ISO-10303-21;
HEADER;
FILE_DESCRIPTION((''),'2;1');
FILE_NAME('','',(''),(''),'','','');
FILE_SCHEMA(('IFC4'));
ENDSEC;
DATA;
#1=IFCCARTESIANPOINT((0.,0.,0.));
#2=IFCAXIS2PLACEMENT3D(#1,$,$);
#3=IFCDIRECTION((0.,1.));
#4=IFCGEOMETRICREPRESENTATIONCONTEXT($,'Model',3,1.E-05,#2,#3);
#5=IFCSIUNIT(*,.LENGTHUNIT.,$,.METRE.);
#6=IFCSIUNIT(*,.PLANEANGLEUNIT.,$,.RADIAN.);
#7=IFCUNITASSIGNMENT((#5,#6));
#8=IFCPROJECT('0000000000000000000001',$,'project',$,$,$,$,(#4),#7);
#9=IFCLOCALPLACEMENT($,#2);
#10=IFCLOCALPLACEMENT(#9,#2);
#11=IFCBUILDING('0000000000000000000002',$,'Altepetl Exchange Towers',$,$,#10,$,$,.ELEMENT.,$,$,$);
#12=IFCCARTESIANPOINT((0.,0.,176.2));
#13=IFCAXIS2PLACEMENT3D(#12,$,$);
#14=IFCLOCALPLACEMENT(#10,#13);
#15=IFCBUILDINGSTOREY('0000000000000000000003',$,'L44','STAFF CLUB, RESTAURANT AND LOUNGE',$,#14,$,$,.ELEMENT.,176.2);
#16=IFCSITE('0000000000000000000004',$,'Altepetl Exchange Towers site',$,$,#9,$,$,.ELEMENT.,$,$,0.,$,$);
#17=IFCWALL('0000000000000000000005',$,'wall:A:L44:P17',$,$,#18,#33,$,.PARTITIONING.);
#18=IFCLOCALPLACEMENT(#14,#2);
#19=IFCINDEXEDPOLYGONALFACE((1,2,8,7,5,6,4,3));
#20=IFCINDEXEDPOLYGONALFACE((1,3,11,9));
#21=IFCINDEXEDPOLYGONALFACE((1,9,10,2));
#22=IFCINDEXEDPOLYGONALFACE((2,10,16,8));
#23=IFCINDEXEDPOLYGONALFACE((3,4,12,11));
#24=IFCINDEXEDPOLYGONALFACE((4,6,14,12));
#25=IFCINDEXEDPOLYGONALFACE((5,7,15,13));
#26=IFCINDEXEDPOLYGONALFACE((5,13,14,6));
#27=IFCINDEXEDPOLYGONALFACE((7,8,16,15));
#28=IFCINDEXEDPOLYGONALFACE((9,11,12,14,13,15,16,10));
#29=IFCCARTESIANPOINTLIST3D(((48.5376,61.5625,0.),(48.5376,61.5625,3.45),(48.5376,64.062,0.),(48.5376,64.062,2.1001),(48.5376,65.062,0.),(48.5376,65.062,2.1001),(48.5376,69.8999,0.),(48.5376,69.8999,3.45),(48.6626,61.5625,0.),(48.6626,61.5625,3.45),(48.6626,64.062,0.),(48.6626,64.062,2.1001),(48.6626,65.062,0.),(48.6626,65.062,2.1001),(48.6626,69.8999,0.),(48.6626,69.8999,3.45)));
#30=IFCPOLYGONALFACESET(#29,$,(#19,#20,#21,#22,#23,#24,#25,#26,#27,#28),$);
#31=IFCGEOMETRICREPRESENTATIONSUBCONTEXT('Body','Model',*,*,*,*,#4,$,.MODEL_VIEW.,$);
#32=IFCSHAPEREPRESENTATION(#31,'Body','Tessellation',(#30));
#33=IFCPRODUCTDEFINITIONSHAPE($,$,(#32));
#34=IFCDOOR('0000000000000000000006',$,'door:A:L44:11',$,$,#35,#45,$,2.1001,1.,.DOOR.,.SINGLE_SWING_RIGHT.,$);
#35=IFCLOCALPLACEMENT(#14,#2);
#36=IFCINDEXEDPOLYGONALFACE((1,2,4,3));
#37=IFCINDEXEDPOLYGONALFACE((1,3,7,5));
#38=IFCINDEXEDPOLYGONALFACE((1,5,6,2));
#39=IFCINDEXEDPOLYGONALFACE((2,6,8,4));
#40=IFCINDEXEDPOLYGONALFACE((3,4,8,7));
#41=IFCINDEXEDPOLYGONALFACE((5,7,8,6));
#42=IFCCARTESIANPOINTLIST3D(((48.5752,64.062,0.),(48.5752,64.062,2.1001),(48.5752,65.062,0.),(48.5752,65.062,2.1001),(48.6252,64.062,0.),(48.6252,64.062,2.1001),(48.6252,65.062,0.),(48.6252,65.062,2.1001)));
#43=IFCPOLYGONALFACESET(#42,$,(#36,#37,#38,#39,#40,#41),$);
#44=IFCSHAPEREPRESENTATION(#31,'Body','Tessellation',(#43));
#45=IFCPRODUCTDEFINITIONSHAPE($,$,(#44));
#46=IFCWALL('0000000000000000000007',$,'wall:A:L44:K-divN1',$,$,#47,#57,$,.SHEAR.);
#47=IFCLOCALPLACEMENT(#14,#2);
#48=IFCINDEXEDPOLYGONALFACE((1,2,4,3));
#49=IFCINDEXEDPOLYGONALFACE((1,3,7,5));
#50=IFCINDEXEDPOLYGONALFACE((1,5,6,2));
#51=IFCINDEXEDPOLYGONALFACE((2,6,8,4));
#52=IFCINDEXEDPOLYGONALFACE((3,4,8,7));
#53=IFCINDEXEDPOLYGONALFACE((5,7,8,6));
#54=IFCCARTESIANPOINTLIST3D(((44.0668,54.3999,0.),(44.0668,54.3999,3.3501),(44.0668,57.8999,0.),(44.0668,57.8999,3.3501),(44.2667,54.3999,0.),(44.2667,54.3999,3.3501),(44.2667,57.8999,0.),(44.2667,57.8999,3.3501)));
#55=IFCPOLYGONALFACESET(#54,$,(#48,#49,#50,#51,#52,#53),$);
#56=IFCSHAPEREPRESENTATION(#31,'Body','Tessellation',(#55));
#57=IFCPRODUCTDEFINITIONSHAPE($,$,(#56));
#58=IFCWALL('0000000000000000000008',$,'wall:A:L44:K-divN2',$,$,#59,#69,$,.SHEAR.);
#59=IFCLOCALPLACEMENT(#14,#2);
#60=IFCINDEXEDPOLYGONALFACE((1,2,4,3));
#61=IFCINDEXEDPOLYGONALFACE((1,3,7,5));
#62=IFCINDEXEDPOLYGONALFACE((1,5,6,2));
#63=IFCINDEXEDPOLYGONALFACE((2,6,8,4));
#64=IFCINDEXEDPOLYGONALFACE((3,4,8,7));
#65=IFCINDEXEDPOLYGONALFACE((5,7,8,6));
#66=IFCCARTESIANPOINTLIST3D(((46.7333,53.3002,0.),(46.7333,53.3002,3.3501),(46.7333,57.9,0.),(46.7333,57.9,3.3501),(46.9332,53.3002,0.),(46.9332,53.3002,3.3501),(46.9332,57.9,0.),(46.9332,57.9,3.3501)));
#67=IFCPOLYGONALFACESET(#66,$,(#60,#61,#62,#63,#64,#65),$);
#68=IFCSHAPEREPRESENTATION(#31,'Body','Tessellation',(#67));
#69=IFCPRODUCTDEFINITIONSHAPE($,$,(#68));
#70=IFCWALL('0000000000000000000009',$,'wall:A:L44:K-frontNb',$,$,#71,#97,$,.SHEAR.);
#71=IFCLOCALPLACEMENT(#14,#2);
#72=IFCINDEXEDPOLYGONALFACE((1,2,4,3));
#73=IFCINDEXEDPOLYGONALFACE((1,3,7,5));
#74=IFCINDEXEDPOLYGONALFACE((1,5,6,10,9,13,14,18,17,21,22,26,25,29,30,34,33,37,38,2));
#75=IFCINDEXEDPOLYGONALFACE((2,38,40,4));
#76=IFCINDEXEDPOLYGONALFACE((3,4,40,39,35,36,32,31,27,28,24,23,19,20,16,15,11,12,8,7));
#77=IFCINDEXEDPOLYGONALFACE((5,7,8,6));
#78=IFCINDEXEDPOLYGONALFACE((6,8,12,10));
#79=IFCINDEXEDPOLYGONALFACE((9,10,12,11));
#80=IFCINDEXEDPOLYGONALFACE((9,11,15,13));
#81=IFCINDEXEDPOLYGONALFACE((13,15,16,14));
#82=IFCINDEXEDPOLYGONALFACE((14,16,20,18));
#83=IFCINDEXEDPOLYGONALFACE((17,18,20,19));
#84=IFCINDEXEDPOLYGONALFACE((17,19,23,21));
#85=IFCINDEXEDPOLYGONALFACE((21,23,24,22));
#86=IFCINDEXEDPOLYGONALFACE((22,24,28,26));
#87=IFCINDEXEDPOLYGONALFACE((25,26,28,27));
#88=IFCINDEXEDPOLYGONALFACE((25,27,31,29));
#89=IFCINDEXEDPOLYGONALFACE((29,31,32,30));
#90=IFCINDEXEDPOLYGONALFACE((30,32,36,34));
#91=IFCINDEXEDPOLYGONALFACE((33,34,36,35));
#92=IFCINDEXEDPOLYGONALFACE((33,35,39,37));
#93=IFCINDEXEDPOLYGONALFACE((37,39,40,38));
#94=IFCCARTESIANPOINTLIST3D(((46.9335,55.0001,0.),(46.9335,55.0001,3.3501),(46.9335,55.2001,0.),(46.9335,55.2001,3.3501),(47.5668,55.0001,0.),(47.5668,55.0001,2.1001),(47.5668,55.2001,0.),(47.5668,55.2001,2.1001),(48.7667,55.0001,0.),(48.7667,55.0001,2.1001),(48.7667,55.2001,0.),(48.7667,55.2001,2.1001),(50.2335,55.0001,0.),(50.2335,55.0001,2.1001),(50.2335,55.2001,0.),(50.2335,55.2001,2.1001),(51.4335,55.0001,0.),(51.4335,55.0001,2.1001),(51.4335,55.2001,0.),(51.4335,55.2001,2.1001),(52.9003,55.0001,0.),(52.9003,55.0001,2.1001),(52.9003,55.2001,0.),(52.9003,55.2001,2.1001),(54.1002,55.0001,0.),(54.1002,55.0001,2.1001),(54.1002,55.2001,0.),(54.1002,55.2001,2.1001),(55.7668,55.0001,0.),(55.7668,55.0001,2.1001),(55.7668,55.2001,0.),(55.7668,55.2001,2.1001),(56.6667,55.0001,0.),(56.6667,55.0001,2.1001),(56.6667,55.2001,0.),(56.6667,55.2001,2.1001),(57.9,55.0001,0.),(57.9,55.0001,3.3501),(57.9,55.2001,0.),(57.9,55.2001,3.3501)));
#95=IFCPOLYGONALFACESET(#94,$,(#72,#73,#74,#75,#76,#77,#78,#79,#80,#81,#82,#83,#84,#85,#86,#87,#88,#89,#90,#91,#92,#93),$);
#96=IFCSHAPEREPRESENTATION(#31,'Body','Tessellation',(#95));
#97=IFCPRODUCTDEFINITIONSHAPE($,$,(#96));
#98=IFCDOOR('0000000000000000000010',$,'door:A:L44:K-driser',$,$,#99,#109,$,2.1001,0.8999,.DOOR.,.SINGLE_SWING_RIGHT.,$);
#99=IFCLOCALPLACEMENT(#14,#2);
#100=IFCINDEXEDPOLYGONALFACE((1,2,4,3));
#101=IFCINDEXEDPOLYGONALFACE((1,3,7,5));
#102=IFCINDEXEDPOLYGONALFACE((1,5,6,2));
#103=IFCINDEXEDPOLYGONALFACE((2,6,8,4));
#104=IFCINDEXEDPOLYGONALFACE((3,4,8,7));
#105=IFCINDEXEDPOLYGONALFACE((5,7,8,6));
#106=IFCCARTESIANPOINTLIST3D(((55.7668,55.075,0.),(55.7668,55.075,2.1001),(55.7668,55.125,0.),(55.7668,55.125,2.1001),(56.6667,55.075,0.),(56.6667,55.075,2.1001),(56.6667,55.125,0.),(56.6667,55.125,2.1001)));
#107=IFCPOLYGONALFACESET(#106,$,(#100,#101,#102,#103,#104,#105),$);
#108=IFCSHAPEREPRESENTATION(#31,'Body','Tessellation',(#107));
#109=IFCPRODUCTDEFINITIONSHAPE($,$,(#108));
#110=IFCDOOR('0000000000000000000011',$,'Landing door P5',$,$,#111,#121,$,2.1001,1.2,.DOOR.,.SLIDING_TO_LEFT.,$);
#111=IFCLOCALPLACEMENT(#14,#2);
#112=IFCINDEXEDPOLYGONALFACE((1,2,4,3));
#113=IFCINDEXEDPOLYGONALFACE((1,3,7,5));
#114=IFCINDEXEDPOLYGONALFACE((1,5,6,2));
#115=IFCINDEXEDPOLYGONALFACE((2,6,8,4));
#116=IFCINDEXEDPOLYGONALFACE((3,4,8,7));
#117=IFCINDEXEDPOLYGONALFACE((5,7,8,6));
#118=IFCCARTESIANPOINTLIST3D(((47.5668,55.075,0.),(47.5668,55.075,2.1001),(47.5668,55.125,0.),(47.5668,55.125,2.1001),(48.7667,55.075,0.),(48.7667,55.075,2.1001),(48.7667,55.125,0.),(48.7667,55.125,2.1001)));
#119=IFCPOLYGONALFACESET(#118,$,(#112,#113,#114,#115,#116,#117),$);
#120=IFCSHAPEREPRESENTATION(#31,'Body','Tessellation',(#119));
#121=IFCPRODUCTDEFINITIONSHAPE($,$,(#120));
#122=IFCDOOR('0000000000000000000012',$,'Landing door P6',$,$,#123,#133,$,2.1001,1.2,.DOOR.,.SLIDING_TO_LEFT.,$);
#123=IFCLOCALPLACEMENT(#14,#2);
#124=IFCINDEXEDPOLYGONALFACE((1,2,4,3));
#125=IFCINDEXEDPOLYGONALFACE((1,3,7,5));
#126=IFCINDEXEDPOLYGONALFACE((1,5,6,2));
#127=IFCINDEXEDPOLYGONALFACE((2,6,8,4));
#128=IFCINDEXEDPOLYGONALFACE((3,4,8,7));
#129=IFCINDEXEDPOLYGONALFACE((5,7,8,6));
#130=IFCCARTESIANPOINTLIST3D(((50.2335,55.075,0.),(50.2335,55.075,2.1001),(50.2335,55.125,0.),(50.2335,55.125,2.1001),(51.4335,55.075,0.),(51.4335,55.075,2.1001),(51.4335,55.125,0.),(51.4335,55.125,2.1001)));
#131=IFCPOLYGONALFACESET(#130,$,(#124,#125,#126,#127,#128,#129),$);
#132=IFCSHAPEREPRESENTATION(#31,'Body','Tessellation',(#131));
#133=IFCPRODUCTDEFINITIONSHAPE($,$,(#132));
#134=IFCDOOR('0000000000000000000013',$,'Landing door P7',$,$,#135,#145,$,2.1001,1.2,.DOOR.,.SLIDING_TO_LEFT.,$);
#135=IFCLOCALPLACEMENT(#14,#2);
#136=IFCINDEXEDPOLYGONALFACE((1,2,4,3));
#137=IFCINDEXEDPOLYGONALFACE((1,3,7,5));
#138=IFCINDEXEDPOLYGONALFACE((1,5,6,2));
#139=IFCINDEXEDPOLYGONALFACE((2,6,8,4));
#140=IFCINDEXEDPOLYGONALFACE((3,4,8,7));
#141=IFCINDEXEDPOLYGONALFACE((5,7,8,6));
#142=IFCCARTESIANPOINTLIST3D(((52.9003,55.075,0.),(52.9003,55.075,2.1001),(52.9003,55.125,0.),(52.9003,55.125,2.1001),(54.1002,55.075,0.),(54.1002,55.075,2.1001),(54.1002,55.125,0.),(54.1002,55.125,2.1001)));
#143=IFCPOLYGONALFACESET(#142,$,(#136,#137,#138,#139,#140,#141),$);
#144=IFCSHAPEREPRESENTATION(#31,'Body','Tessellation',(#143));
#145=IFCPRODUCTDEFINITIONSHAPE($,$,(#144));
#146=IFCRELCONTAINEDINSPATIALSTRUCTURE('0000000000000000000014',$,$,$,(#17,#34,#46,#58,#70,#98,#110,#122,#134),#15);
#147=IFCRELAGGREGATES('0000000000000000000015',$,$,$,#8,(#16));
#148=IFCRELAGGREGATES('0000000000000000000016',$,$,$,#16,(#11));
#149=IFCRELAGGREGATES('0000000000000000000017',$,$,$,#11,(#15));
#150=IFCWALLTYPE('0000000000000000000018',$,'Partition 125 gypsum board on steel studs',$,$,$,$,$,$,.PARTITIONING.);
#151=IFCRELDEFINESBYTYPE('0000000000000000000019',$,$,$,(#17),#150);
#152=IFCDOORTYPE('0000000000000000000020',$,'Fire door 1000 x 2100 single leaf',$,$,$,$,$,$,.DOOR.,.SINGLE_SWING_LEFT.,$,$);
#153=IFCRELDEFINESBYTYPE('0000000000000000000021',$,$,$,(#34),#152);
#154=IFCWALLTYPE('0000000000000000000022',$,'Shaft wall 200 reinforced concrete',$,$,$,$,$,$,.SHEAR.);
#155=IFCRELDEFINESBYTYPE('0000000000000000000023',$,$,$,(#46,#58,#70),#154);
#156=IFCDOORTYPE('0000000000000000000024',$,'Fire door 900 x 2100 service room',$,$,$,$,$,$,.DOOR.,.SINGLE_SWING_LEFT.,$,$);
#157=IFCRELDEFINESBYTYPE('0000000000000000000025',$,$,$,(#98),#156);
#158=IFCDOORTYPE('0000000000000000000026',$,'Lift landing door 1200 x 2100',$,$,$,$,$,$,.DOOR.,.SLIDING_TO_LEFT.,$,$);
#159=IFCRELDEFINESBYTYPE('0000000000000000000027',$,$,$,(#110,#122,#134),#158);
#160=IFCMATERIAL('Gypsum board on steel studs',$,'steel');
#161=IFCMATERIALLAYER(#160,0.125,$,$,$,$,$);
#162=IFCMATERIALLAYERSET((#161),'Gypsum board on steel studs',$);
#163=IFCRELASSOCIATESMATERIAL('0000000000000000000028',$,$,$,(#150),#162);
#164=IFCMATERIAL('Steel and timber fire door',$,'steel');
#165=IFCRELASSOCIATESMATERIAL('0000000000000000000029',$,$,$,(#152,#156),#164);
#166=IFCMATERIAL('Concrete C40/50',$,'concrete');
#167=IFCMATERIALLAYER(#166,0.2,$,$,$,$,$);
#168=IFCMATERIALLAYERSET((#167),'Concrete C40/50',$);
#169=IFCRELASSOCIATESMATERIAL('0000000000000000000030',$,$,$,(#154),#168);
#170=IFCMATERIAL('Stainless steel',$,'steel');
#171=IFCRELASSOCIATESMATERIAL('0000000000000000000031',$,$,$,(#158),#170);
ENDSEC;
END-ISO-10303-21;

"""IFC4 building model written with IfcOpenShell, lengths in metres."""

from ifc_helpers import new_model, si_unit, direction, frame, frame_2d, origin, place, context, subcontext, project, spatial, rectangle, extrude, material, layer, layer_set, type_object, element, fill, save


model = new_model("IFC4")

# Units and contexts
model_context = context("Model", 3, precision=1e-05, world=origin(), true_north=direction((0.0, 1.0)))
body_context = subcontext(model_context, "Body", "Model", "MODEL_VIEW")
ifc_project = project(units=[si_unit("LENGTHUNIT", "METRE"), si_unit("PLANEANGLEUNIT", "RADIAN")], contexts=[model_context])

# Site, building, storey
site_placement = place(None, origin())
site = spatial("IfcSite", under=ifc_project, at=site_placement, Name="Altepetl Exchange Towers site", CompositionType="ELEMENT", RefElevation=0.0)
building_placement = place(site_placement, origin())
building = spatial("IfcBuilding", under=site, at=building_placement, Name="Altepetl Exchange Towers", CompositionType="ELEMENT")
storey_placement = place(building_placement, frame((0.0, 0.0, 176.2)))
storey = spatial("IfcBuildingStorey", under=building, at=storey_placement, Name="L44", Description="STAFF CLUB, RESTAURANT AND LOUNGE", CompositionType="ELEMENT", Elevation=176.2)

# Shared definitions
ifc_material_1 = material(Name="Steel and timber fire door", Category="steel")

# Shared definitions
ifc_material_2 = material(Name="Gypsum board on steel studs", Category="steel")
ifc_layer_1 = layer(ifc_material_2, 0.125)
ifc_layer_set_1 = layer_set([ifc_layer_1], Name="Gypsum board on steel studs")
wall_type_1 = type_object("IfcWallType", Name="Partition 125 gypsum board on steel studs", PredefinedType="PARTITIONING", material=ifc_layer_set_1)

# Wall, opening, door
wall_1_placement = place(storey_placement, frame((48.6001, 61.5625, 0.0), z_axis=(0.0, 0.0, 1.0), x_axis=(0.0, 1.0, 0.0)))
wall_1 = element("IfcWall", 1, at=wall_1_placement, inside=storey, type_object=wall_type_1, Name="wall:A:L44:P17", PredefinedType="PARTITIONING", context=body_context, shape_type="SweptSolid", body=[
    extrude(rectangle(XDim=8.3374, YDim=0.125, at=frame_2d((4.1687, 0.0))), origin(), (0.0, 0.0, 1.0), 3.45),
])
opening_1_placement = place(wall_1_placement, frame((2.4995, 0.0, 0.0)))
opening_1 = element("IfcOpeningElement", 2, at=opening_1_placement, cuts=wall_1, PredefinedType="OPENING", context=body_context, shape_type="SweptSolid", body=[
    extrude(rectangle(XDim=1.0, YDim=2.1001, at=frame_2d((0.5, 1.05))), frame((0.0, 0.0725, 0.0), z_axis=(0.0, -1.0, 0.0), x_axis=(1.0, 0.0, 0.0)), (0.0, 0.0, 1.0), 0.145),
])
door_type_1 = type_object("IfcDoorType", Name="Fire door 1000 x 2100 single leaf", OperationType="SINGLE_SWING_LEFT", PredefinedType="DOOR", material=ifc_material_1)
door_1_placement = place(opening_1_placement, origin())
door_1 = element("IfcDoor", 3, at=door_1_placement, inside=storey, type_object=door_type_1, Name="door:A:L44:11", OperationType="SINGLE_SWING_RIGHT", OverallHeight=2.1001, OverallWidth=1.0, PredefinedType="DOOR", context=body_context, shape_type="SweptSolid", body=[
    extrude(rectangle(XDim=1.0, YDim=2.1001, at=frame_2d((0.5, 1.05))), frame((0.0, 0.0249, 0.0), z_axis=(0.0, -1.0, 0.0), x_axis=(1.0, 0.0, 0.0)), (0.0, 0.0, 1.0), 0.05),
])
fill(opening_1, door_1)

# Walls
ifc_material_3 = material(Name="Concrete C40/50", Category="concrete")
ifc_layer_2 = layer(ifc_material_3, 0.2)
ifc_layer_set_2 = layer_set([ifc_layer_2], Name="Concrete C40/50")
wall_type_2 = type_object("IfcWallType", Name="Shaft wall 200 reinforced concrete", PredefinedType="SHEAR", material=ifc_layer_set_2)
wall_2_placement = place(storey_placement, frame((44.1667, 57.8999, 0.0), z_axis=(0.0, 0.0, 1.0), x_axis=(0.0, -1.0, 0.0)))
element("IfcWall", 4, at=wall_2_placement, inside=storey, type_object=wall_type_2, Name="wall:A:L44:K-divN1", PredefinedType="SHEAR", context=body_context, shape_type="SweptSolid", body=[
    extrude(rectangle(XDim=3.5, YDim=0.2, at=frame_2d((1.75, 0.0))), origin(), (0.0, 0.0, 1.0), 3.3501),
])
wall_3_placement = place(storey_placement, frame((46.8333, 57.8999, 0.0), z_axis=(0.0, 0.0, 1.0), x_axis=(0.0, -1.0, 0.0)))
element("IfcWall", 5, at=wall_3_placement, inside=storey, type_object=wall_type_2, Name="wall:A:L44:K-divN2", PredefinedType="SHEAR", context=body_context, shape_type="SweptSolid", body=[
    extrude(rectangle(XDim=4.5999, YDim=0.2, at=frame_2d((2.2998, 0.0))), origin(), (0.0, 0.0, 1.0), 3.3501),
])

# Wall, openings, doors
wall_4_placement = place(storey_placement, frame((46.9333, 55.1001, 0.0)))
wall_4 = element("IfcWall", 6, at=wall_4_placement, inside=storey, type_object=wall_type_2, Name="wall:A:L44:K-frontNb", PredefinedType="SHEAR", context=body_context, shape_type="SweptSolid", body=[
    extrude(rectangle(XDim=10.9666, YDim=0.2, at=frame_2d((5.4834, 0.0))), origin(), (0.0, 0.0, 1.0), 3.3501),
])
opening_2_placement = place(wall_4_placement, frame((8.8335, 0.0, 0.0)))
opening_2 = element("IfcOpeningElement", 7, at=opening_2_placement, cuts=wall_4, PredefinedType="OPENING", context=body_context, shape_type="SweptSolid", body=[
    extrude(rectangle(XDim=0.8999, YDim=2.1001, at=frame_2d((0.45, 1.05))), frame((0.0, 0.1099, 0.0), z_axis=(0.0, -1.0, 0.0), x_axis=(1.0, 0.0, 0.0)), (0.0, 0.0, 1.0), 0.22),
])
opening_3_placement = place(wall_4_placement, frame((0.6333, 0.0, 0.0)))
opening_3 = element("IfcOpeningElement", 8, at=opening_3_placement, cuts=wall_4, PredefinedType="OPENING", context=body_context, shape_type="SweptSolid", body=[
    extrude(rectangle(XDim=1.2, YDim=2.1001, at=frame_2d((0.6001, 1.05))), frame((0.0, 0.1099, 0.0), z_axis=(0.0, -1.0, 0.0), x_axis=(1.0, 0.0, 0.0)), (0.0, 0.0, 1.0), 0.22),
])
opening_4_placement = place(wall_4_placement, frame((3.3, 0.0, 0.0)))
opening_4 = element("IfcOpeningElement", 9, at=opening_4_placement, cuts=wall_4, PredefinedType="OPENING", context=body_context, shape_type="SweptSolid", body=[
    extrude(rectangle(XDim=1.2, YDim=2.1001, at=frame_2d((0.6001, 1.05))), frame((0.0, 0.1099, 0.0), z_axis=(0.0, -1.0, 0.0), x_axis=(1.0, 0.0, 0.0)), (0.0, 0.0, 1.0), 0.22),
])
opening_5_placement = place(wall_4_placement, frame((5.9668, 0.0, 0.0)))
opening_5 = element("IfcOpeningElement", 10, at=opening_5_placement, cuts=wall_4, PredefinedType="OPENING", context=body_context, shape_type="SweptSolid", body=[
    extrude(rectangle(XDim=1.2, YDim=2.1001, at=frame_2d((0.6001, 1.05))), frame((0.0, 0.1099, 0.0), z_axis=(0.0, -1.0, 0.0), x_axis=(1.0, 0.0, 0.0)), (0.0, 0.0, 1.0), 0.22),
])
door_type_2 = type_object("IfcDoorType", Name="Fire door 900 x 2100 service room", OperationType="SINGLE_SWING_LEFT", PredefinedType="DOOR", material=ifc_material_1)
door_2_placement = place(opening_2_placement, origin())
door_2 = element("IfcDoor", 11, at=door_2_placement, inside=storey, type_object=door_type_2, Name="door:A:L44:K-driser", OperationType="SINGLE_SWING_RIGHT", OverallHeight=2.1001, OverallWidth=0.8999, PredefinedType="DOOR", context=body_context, shape_type="SweptSolid", body=[
    extrude(rectangle(XDim=0.8999, YDim=2.1001, at=frame_2d((0.45, 1.05))), frame((0.0, 0.0249, 0.0), z_axis=(0.0, -1.0, 0.0), x_axis=(1.0, 0.0, 0.0)), (0.0, 0.0, 1.0), 0.05),
])
fill(opening_2, door_2)
ifc_material_4 = material(Name="Stainless steel", Category="steel")
door_type_3 = type_object("IfcDoorType", Name="Lift landing door 1200 x 2100", OperationType="SLIDING_TO_LEFT", PredefinedType="DOOR", material=ifc_material_4)
door_3_placement = place(opening_3_placement, origin())
door_3 = element("IfcDoor", 12, at=door_3_placement, inside=storey, type_object=door_type_3, Name="Landing door P5", OperationType="SLIDING_TO_LEFT", OverallHeight=2.1001, OverallWidth=1.2, PredefinedType="DOOR", context=body_context, shape_type="SweptSolid", body=[
    extrude(rectangle(XDim=1.2, YDim=2.1001, at=frame_2d((0.6001, 1.05))), frame((0.0, 0.0249, 0.0), z_axis=(0.0, -1.0, 0.0), x_axis=(1.0, 0.0, 0.0)), (0.0, 0.0, 1.0), 0.05),
])
fill(opening_3, door_3)
door_4_placement = place(opening_4_placement, origin())
door_4 = element("IfcDoor", 13, at=door_4_placement, inside=storey, type_object=door_type_3, Name="Landing door P6", OperationType="SLIDING_TO_LEFT", OverallHeight=2.1001, OverallWidth=1.2, PredefinedType="DOOR", context=body_context, shape_type="SweptSolid", body=[
    extrude(rectangle(XDim=1.2, YDim=2.1001, at=frame_2d((0.6001, 1.05))), frame((0.0, 0.0249, 0.0), z_axis=(0.0, -1.0, 0.0), x_axis=(1.0, 0.0, 0.0)), (0.0, 0.0, 1.0), 0.05),
])
fill(opening_4, door_4)
door_5_placement = place(opening_5_placement, origin())
door_5 = element("IfcDoor", 14, at=door_5_placement, inside=storey, type_object=door_type_3, Name="Landing door P7", OperationType="SLIDING_TO_LEFT", OverallHeight=2.1001, OverallWidth=1.2, PredefinedType="DOOR", context=body_context, shape_type="SweptSolid", body=[
    extrude(rectangle(XDim=1.2, YDim=2.1001, at=frame_2d((0.6001, 1.05))), frame((0.0, 0.0249, 0.0), z_axis=(0.0, -1.0, 0.0), x_axis=(1.0, 0.0, 0.0)), (0.0, 0.0, 1.0), 0.05),
])
fill(opening_5, door_5)

save(model, "model.ifc")
